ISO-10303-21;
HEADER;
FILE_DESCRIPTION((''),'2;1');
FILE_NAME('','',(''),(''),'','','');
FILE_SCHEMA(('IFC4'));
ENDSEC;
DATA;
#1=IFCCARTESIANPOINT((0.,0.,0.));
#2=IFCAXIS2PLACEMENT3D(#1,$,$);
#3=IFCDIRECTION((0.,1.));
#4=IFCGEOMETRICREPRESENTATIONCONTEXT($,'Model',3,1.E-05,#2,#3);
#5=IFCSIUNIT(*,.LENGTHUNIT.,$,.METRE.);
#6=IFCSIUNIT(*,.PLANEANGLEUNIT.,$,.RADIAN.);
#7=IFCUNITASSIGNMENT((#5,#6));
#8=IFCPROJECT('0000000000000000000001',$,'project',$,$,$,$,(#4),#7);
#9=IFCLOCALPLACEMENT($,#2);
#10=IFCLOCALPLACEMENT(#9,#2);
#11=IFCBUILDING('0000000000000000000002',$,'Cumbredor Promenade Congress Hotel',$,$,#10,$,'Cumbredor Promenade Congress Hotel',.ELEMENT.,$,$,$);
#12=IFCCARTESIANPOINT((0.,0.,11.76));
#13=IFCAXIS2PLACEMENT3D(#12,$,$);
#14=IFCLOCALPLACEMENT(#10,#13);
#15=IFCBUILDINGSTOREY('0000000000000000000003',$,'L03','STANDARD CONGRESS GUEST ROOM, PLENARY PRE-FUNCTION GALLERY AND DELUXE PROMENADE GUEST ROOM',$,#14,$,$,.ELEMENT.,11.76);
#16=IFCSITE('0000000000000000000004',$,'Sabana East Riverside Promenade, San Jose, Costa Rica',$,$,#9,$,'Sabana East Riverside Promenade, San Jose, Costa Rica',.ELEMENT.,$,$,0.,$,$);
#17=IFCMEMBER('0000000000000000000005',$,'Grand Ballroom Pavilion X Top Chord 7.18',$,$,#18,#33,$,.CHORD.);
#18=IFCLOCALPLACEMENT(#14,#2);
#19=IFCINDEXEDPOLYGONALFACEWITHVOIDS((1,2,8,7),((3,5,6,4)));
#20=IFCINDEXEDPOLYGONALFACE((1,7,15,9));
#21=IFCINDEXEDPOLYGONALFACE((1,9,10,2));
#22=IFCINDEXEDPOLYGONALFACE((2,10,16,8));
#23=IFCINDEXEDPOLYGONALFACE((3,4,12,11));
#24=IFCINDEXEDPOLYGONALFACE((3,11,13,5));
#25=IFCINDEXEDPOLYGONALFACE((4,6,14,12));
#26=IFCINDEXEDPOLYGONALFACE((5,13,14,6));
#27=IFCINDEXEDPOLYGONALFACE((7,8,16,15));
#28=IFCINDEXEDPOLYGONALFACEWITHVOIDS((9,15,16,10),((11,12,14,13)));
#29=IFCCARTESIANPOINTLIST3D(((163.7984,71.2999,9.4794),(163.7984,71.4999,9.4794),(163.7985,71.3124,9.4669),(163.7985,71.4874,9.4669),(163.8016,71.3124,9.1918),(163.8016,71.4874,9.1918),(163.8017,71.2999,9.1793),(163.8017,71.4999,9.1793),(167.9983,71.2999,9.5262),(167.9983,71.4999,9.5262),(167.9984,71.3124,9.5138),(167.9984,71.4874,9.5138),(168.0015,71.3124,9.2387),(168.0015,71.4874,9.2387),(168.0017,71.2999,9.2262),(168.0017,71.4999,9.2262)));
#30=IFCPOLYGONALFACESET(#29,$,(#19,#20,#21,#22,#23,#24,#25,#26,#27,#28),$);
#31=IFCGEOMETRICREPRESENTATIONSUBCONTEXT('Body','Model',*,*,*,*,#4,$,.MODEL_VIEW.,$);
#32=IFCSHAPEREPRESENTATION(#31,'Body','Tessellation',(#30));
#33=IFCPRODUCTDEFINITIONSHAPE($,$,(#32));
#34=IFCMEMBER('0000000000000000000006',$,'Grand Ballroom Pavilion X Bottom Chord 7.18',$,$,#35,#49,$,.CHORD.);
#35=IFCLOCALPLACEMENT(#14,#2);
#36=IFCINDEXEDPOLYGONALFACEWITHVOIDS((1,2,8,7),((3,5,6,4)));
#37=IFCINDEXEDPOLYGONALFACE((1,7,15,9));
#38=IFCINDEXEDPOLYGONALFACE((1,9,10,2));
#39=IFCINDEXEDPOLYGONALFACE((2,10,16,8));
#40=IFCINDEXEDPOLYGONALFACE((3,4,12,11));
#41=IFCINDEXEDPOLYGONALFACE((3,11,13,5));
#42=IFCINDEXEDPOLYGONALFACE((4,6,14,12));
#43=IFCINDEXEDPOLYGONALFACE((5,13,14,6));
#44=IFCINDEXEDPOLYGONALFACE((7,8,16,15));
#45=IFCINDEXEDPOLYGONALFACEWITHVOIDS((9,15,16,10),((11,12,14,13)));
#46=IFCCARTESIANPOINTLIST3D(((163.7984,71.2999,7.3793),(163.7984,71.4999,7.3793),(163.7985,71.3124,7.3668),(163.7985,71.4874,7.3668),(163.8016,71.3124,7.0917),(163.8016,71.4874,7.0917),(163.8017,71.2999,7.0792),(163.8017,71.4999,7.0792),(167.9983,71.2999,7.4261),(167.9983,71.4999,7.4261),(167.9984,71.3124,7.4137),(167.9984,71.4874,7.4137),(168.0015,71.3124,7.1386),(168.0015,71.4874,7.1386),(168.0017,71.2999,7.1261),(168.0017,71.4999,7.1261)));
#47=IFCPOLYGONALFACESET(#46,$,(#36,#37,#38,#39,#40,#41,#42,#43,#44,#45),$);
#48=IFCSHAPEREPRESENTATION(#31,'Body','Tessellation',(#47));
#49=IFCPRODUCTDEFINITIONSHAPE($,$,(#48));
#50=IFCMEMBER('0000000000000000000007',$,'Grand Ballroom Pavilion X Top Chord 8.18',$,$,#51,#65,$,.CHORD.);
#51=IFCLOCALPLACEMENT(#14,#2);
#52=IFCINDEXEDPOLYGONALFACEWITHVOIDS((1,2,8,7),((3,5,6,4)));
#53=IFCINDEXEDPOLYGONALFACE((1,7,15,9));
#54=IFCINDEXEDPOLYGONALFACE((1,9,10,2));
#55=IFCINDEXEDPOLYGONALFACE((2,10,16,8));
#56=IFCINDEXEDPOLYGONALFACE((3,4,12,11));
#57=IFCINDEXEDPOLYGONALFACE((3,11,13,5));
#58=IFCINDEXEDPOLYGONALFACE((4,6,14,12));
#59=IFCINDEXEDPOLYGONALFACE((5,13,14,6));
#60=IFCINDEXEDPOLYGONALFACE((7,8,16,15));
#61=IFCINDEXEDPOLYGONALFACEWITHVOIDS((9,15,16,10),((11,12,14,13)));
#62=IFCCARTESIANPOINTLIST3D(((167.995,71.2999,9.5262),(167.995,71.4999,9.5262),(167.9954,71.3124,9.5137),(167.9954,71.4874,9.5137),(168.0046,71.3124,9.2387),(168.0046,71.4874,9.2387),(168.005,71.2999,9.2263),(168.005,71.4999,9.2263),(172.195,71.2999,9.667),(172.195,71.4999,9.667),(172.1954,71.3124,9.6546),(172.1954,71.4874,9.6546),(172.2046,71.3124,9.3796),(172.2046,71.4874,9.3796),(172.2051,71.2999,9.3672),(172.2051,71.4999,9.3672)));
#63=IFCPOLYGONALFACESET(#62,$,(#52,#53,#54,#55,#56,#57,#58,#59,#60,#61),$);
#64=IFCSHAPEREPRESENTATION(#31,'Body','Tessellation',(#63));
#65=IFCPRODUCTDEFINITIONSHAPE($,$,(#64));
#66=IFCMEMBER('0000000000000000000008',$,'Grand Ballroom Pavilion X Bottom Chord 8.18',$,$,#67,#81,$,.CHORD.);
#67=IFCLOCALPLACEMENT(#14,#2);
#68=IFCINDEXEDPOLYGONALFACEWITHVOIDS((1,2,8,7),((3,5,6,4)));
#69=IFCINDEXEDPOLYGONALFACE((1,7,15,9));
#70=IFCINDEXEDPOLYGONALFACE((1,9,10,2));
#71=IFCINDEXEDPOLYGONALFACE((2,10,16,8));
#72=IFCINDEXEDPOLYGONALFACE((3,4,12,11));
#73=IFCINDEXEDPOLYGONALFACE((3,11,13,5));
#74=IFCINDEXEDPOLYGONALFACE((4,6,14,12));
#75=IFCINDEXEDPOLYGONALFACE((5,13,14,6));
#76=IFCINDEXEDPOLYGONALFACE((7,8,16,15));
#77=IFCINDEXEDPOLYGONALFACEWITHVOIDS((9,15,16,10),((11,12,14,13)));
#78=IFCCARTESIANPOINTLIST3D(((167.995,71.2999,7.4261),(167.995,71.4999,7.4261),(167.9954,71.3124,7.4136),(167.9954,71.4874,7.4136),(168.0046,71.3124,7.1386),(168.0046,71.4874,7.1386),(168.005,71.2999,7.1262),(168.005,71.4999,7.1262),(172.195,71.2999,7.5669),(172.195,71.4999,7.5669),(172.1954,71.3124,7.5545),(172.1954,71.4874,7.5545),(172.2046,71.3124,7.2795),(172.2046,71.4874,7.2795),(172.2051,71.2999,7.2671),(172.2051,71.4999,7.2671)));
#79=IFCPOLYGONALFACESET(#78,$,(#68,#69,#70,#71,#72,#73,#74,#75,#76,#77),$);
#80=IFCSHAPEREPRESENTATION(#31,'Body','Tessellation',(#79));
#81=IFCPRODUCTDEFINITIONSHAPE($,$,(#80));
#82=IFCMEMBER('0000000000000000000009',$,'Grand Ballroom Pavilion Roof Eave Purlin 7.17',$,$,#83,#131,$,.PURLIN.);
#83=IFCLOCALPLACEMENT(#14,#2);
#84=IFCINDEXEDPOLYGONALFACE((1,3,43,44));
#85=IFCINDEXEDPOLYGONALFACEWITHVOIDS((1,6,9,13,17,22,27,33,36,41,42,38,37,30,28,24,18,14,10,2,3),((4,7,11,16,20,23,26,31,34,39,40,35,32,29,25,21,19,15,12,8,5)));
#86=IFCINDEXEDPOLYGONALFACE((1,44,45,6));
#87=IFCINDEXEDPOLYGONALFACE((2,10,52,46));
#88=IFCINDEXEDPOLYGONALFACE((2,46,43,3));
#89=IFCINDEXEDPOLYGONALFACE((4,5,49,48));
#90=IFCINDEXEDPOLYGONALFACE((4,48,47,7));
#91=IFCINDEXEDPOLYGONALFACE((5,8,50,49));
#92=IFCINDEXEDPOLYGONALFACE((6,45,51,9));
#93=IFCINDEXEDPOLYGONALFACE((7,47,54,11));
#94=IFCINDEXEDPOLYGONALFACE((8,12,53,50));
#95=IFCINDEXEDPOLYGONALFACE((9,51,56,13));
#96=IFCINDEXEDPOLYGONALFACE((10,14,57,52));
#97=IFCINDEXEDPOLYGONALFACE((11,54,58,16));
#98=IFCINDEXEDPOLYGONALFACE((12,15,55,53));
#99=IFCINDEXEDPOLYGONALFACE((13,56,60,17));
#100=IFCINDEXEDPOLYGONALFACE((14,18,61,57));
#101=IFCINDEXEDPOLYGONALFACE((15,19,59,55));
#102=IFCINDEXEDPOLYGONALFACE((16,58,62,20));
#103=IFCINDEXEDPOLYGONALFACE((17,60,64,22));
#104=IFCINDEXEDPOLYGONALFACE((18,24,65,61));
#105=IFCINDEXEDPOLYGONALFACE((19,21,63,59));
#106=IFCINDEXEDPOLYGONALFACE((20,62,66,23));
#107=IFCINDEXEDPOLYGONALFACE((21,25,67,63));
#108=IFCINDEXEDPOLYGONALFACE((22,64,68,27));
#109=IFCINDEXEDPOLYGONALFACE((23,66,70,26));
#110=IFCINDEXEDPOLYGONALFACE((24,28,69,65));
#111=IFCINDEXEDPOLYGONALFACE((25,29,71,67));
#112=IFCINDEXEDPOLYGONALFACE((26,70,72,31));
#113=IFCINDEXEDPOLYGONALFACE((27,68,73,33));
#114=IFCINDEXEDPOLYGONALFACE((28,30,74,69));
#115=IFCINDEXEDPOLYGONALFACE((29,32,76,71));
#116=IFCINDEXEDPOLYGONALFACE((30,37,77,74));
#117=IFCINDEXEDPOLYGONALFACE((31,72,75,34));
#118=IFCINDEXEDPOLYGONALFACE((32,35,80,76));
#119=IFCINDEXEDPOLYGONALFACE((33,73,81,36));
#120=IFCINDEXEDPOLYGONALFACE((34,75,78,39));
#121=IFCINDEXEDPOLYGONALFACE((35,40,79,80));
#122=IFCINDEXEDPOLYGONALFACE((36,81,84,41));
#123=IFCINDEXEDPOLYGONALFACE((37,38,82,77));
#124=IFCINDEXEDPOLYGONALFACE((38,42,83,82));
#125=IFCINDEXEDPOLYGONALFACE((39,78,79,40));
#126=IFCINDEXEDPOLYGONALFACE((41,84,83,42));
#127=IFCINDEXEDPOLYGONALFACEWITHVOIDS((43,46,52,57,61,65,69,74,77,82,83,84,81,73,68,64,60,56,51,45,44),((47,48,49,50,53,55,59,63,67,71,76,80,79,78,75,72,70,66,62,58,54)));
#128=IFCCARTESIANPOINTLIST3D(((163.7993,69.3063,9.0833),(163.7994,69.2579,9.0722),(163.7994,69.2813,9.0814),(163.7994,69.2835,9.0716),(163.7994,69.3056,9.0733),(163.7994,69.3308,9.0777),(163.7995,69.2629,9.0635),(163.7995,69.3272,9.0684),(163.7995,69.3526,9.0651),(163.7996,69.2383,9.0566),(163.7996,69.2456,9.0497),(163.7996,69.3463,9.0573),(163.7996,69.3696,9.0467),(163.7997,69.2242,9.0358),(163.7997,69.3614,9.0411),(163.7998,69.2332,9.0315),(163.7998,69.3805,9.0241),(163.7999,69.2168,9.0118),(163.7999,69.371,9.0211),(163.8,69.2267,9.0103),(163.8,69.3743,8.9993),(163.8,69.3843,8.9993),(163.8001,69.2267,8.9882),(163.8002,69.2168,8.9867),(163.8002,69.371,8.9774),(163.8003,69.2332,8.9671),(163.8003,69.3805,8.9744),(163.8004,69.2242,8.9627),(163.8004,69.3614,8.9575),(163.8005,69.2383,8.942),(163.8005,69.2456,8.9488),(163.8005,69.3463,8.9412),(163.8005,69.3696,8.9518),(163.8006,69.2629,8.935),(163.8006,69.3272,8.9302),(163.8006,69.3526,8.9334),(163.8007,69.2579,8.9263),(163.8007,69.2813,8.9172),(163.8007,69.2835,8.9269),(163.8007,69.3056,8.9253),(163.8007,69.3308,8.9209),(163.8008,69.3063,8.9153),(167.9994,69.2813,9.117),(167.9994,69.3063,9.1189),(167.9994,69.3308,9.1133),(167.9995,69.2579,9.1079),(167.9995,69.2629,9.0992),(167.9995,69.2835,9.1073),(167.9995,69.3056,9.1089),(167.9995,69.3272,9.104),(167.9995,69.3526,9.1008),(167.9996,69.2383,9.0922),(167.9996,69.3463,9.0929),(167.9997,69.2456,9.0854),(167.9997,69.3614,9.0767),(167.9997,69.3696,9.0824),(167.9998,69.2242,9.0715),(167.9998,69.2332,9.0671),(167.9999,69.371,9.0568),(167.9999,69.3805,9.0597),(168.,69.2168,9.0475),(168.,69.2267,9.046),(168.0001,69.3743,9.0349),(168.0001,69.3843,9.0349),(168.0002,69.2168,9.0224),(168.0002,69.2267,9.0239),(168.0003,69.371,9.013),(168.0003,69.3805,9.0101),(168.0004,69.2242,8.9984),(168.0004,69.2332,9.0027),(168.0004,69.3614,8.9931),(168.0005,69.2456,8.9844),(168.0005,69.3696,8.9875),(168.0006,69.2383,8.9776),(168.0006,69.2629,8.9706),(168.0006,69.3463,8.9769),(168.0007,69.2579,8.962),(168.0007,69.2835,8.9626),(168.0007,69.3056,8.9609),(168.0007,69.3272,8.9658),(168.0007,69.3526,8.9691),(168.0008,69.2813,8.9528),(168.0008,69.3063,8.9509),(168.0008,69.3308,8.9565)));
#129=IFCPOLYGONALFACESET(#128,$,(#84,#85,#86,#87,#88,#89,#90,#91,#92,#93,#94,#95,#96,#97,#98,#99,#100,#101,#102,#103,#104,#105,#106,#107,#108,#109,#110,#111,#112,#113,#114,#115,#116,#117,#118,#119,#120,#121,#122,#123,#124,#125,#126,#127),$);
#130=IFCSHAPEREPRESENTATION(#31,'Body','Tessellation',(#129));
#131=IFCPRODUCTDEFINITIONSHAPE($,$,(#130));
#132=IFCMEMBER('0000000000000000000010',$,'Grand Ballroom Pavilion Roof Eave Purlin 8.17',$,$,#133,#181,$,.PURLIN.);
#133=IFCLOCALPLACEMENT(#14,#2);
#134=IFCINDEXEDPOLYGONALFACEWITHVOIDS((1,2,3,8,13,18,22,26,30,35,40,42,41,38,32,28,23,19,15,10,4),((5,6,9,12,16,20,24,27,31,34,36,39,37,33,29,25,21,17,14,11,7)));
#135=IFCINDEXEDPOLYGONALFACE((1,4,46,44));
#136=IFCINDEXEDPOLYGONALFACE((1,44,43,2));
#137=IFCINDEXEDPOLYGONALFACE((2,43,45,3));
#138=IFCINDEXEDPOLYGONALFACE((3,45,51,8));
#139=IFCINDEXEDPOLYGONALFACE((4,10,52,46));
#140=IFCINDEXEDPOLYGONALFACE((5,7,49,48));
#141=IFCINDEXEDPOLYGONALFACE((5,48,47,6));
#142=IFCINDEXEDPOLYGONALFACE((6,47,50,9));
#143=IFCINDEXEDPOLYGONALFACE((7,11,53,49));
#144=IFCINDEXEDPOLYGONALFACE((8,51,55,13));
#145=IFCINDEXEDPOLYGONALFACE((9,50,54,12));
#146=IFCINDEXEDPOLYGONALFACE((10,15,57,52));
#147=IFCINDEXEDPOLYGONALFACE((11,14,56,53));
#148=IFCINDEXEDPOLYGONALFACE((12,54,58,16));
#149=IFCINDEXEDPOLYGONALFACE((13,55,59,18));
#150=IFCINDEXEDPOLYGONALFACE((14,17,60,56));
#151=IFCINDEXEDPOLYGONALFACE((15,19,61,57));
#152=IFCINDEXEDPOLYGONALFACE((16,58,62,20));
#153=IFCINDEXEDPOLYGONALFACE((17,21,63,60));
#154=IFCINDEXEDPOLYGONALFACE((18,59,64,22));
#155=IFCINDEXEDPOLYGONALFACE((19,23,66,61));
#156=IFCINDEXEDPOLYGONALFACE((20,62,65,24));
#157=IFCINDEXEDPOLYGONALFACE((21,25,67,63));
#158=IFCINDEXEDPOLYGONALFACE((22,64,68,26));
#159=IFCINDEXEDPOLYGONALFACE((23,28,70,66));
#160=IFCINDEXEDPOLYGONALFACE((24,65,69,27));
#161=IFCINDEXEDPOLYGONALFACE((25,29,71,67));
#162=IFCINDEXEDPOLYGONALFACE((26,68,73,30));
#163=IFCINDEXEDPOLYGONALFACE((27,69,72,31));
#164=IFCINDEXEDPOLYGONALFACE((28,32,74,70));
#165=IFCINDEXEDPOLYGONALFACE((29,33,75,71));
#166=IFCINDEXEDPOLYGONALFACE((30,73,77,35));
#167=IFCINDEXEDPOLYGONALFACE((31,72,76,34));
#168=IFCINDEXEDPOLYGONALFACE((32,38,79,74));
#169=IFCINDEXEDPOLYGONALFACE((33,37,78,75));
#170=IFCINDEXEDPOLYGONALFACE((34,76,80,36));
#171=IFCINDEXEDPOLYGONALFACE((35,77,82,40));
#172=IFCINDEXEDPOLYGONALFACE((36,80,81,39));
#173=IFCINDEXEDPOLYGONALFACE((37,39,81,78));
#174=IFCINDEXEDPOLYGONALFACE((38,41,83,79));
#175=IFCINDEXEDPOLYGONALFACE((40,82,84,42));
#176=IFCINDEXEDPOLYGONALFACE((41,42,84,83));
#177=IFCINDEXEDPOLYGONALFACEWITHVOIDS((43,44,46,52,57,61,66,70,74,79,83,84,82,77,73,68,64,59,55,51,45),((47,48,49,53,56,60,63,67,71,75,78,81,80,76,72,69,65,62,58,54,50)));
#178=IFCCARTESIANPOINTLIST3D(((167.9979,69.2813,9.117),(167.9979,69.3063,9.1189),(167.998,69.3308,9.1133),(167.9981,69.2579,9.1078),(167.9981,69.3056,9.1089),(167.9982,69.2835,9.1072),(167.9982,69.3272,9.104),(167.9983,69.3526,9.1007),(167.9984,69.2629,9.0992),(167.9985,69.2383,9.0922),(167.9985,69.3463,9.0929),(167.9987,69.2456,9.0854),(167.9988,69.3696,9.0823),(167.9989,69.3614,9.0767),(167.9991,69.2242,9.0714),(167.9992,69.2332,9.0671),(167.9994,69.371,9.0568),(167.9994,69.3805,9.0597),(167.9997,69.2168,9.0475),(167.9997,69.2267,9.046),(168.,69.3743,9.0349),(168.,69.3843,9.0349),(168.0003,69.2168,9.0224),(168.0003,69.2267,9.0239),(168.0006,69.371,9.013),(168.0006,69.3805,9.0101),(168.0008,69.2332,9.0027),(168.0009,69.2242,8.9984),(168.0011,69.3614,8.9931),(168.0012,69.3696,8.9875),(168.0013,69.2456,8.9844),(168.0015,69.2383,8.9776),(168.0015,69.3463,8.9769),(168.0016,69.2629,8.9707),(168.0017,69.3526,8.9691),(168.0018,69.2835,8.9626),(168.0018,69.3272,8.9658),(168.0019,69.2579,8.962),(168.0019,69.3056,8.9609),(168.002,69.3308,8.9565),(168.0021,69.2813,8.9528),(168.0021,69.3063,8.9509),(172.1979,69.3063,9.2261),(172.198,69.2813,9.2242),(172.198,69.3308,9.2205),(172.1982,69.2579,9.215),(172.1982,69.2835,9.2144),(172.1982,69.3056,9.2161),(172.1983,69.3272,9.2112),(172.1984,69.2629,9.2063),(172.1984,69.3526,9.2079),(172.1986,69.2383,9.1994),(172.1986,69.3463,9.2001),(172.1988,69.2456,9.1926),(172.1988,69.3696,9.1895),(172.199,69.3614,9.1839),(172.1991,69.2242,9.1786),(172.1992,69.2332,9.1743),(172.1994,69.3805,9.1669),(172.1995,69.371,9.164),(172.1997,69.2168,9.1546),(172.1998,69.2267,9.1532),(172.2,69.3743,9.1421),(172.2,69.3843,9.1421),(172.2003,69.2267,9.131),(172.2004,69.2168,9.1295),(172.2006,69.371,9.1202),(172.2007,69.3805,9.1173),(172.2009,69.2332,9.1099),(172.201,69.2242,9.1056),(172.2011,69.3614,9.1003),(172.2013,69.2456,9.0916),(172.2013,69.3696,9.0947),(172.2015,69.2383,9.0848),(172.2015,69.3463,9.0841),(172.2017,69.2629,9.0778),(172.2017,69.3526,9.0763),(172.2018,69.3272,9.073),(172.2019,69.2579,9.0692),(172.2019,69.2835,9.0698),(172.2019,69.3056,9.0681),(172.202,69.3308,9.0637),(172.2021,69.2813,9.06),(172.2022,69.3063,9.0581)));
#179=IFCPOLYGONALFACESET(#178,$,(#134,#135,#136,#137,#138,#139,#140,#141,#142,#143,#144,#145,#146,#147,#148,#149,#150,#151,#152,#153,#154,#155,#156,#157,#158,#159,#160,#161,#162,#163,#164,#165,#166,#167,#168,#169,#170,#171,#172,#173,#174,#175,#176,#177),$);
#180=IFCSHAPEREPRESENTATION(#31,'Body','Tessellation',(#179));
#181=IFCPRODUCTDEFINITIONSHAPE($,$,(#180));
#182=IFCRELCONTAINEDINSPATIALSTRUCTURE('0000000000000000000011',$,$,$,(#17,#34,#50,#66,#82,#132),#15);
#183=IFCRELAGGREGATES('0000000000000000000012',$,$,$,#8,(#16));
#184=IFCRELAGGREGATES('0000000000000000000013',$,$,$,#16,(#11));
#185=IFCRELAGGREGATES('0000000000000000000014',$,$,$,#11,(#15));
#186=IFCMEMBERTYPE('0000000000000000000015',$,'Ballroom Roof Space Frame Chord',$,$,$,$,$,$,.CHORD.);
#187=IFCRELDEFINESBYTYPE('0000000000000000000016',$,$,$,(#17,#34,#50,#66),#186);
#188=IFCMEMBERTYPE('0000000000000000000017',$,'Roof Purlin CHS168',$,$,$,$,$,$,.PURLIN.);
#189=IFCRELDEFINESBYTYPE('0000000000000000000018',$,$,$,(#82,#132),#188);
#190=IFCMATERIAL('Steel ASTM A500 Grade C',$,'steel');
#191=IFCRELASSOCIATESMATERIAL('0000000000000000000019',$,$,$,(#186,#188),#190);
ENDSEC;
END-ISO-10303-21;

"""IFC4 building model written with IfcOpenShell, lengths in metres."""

from ifc_helpers import new_model, si_unit, direction, frame, origin, origin_2d, place, context, subcontext, project, spatial, hollow_rectangle, hollow_circle, extrude, material, material_profile, profile_set, type_object, element, save


model = new_model("IFC4")

# Units and contexts
model_context = context("Model", 3, precision=1e-05, world=origin(), true_north=direction((0.0, 1.0)))
body_context = subcontext(model_context, "Body", "Model", "MODEL_VIEW")
ifc_project = project(units=[si_unit("LENGTHUNIT", "METRE"), si_unit("PLANEANGLEUNIT", "RADIAN")], contexts=[model_context])

# Site, building, storey
site_placement = place(None, origin())
site = spatial("IfcSite", under=ifc_project, at=site_placement, Name="Sabana East Riverside Promenade, San Jose, Costa Rica", LongName="Sabana East Riverside Promenade, San Jose, Costa Rica", CompositionType="ELEMENT", RefElevation=0.0)
building_placement = place(site_placement, origin())
building = spatial("IfcBuilding", under=site, at=building_placement, Name="Cumbredor Promenade Congress Hotel", LongName="Cumbredor Promenade Congress Hotel", CompositionType="ELEMENT")
storey_placement = place(building_placement, frame((0.0, 0.0, 11.76)))
storey = spatial("IfcBuildingStorey", under=building, at=storey_placement, Name="L03", Description="STANDARD CONGRESS GUEST ROOM, PLENARY PRE-FUNCTION GALLERY AND DELUXE PROMENADE GUEST ROOM", CompositionType="ELEMENT", Elevation=11.76)

# Members
ifc_material_1 = material(Name="Steel ASTM A500 Grade C", Category="steel")
ifc_material_profile_1 = material_profile(ifc_material_1, hollow_rectangle(XDim=0.2, YDim=0.3, WallThickness=0.0125, at=origin_2d()), Name="HSS 300x200x12.5")
ifc_profile_set_1 = profile_set([ifc_material_profile_1], Name="Steel ASTM A500 Grade C")
member_type_1 = type_object("IfcMemberType", Name="Ballroom Roof Space Frame Chord", PredefinedType="CHORD", material=ifc_profile_set_1)
for number, where, z_axis, x_axis, name in (
    (1, (163.8, 71.3999, 9.3293), (0.999938, 0.0, 0.01116), (0.0, 1.0, 0.0), "Grand Ballroom Pavilion X Top Chord 7.18"),
    (2, (163.8, 71.3999, 7.2292), (0.999938, 0.0, 0.01116), (0.0, 1.0, 0.0), "Grand Ballroom Pavilion X Bottom Chord 7.18"),
):
    element("IfcMember", number, at=place(storey_placement, frame(where, z_axis=z_axis, x_axis=x_axis)), inside=storey, type_object=member_type_1, Name=name, PredefinedType="CHORD", context=body_context, shape_type="SweptSolid", body=[
        extrude(hollow_rectangle(XDim=0.2, YDim=0.3, WallThickness=0.0125, at=origin_2d()), origin(), (0.0, 0.0, 1.0), 4.2002),
    ])
for number, where, z_axis, x_axis, name in (
    (3, (168.0, 71.3999, 9.3762), (0.999438, 0.0, 0.033522), (0.0, 1.0, 0.0), "Grand Ballroom Pavilion X Top Chord 8.18"),
    (4, (168.0, 71.3999, 7.2761), (0.999438, 0.0, 0.033522), (0.0, 1.0, 0.0), "Grand Ballroom Pavilion X Bottom Chord 8.18"),
):
    element("IfcMember", number, at=place(storey_placement, frame(where, z_axis=z_axis, x_axis=x_axis)), inside=storey, type_object=member_type_1, Name=name, PredefinedType="CHORD", context=body_context, shape_type="SweptSolid", body=[
        extrude(hollow_rectangle(XDim=0.2, YDim=0.3, WallThickness=0.0125, at=origin_2d()), origin(), (0.0, 0.0, 1.0), 4.2024),
    ])
ifc_material_profile_2 = material_profile(ifc_material_1, hollow_circle(Radius=0.0842, WallThickness=0.01, at=origin_2d()), Name="CHS 168.3x10")
ifc_profile_set_2 = profile_set([ifc_material_profile_2], Name="Steel ASTM A500 Grade C")
member_type_2 = type_object("IfcMemberType", Name="Roof Purlin CHS168", PredefinedType="PURLIN", material=ifc_profile_set_2)
member_1_placement = place(storey_placement, frame((163.8, 69.3, 8.9993), z_axis=(0.999964, 0.0, 0.008487), x_axis=(0.0, 1.0, 0.0)))
element("IfcMember", 5, at=member_1_placement, inside=storey, type_object=member_type_2, Name="Grand Ballroom Pavilion Roof Eave Purlin 7.17", PredefinedType="PURLIN", context=body_context, shape_type="SweptSolid", body=[
    extrude(hollow_circle(Radius=0.0842, WallThickness=0.01, at=origin_2d()), origin(), (0.0, 0.0, 1.0), 4.2002),
])
member_2_placement = place(storey_placement, frame((168.0, 69.3, 9.0349), z_axis=(0.999675, 0.0, 0.02551), x_axis=(0.0, 1.0, 0.0)))
element("IfcMember", 6, at=member_2_placement, inside=storey, type_object=member_type_2, Name="Grand Ballroom Pavilion Roof Eave Purlin 8.17", PredefinedType="PURLIN", context=body_context, shape_type="SweptSolid", body=[
    extrude(hollow_circle(Radius=0.0842, WallThickness=0.01, at=origin_2d()), origin(), (0.0, 0.0, 1.0), 4.2014),
])

save(model, "model.ifc")
